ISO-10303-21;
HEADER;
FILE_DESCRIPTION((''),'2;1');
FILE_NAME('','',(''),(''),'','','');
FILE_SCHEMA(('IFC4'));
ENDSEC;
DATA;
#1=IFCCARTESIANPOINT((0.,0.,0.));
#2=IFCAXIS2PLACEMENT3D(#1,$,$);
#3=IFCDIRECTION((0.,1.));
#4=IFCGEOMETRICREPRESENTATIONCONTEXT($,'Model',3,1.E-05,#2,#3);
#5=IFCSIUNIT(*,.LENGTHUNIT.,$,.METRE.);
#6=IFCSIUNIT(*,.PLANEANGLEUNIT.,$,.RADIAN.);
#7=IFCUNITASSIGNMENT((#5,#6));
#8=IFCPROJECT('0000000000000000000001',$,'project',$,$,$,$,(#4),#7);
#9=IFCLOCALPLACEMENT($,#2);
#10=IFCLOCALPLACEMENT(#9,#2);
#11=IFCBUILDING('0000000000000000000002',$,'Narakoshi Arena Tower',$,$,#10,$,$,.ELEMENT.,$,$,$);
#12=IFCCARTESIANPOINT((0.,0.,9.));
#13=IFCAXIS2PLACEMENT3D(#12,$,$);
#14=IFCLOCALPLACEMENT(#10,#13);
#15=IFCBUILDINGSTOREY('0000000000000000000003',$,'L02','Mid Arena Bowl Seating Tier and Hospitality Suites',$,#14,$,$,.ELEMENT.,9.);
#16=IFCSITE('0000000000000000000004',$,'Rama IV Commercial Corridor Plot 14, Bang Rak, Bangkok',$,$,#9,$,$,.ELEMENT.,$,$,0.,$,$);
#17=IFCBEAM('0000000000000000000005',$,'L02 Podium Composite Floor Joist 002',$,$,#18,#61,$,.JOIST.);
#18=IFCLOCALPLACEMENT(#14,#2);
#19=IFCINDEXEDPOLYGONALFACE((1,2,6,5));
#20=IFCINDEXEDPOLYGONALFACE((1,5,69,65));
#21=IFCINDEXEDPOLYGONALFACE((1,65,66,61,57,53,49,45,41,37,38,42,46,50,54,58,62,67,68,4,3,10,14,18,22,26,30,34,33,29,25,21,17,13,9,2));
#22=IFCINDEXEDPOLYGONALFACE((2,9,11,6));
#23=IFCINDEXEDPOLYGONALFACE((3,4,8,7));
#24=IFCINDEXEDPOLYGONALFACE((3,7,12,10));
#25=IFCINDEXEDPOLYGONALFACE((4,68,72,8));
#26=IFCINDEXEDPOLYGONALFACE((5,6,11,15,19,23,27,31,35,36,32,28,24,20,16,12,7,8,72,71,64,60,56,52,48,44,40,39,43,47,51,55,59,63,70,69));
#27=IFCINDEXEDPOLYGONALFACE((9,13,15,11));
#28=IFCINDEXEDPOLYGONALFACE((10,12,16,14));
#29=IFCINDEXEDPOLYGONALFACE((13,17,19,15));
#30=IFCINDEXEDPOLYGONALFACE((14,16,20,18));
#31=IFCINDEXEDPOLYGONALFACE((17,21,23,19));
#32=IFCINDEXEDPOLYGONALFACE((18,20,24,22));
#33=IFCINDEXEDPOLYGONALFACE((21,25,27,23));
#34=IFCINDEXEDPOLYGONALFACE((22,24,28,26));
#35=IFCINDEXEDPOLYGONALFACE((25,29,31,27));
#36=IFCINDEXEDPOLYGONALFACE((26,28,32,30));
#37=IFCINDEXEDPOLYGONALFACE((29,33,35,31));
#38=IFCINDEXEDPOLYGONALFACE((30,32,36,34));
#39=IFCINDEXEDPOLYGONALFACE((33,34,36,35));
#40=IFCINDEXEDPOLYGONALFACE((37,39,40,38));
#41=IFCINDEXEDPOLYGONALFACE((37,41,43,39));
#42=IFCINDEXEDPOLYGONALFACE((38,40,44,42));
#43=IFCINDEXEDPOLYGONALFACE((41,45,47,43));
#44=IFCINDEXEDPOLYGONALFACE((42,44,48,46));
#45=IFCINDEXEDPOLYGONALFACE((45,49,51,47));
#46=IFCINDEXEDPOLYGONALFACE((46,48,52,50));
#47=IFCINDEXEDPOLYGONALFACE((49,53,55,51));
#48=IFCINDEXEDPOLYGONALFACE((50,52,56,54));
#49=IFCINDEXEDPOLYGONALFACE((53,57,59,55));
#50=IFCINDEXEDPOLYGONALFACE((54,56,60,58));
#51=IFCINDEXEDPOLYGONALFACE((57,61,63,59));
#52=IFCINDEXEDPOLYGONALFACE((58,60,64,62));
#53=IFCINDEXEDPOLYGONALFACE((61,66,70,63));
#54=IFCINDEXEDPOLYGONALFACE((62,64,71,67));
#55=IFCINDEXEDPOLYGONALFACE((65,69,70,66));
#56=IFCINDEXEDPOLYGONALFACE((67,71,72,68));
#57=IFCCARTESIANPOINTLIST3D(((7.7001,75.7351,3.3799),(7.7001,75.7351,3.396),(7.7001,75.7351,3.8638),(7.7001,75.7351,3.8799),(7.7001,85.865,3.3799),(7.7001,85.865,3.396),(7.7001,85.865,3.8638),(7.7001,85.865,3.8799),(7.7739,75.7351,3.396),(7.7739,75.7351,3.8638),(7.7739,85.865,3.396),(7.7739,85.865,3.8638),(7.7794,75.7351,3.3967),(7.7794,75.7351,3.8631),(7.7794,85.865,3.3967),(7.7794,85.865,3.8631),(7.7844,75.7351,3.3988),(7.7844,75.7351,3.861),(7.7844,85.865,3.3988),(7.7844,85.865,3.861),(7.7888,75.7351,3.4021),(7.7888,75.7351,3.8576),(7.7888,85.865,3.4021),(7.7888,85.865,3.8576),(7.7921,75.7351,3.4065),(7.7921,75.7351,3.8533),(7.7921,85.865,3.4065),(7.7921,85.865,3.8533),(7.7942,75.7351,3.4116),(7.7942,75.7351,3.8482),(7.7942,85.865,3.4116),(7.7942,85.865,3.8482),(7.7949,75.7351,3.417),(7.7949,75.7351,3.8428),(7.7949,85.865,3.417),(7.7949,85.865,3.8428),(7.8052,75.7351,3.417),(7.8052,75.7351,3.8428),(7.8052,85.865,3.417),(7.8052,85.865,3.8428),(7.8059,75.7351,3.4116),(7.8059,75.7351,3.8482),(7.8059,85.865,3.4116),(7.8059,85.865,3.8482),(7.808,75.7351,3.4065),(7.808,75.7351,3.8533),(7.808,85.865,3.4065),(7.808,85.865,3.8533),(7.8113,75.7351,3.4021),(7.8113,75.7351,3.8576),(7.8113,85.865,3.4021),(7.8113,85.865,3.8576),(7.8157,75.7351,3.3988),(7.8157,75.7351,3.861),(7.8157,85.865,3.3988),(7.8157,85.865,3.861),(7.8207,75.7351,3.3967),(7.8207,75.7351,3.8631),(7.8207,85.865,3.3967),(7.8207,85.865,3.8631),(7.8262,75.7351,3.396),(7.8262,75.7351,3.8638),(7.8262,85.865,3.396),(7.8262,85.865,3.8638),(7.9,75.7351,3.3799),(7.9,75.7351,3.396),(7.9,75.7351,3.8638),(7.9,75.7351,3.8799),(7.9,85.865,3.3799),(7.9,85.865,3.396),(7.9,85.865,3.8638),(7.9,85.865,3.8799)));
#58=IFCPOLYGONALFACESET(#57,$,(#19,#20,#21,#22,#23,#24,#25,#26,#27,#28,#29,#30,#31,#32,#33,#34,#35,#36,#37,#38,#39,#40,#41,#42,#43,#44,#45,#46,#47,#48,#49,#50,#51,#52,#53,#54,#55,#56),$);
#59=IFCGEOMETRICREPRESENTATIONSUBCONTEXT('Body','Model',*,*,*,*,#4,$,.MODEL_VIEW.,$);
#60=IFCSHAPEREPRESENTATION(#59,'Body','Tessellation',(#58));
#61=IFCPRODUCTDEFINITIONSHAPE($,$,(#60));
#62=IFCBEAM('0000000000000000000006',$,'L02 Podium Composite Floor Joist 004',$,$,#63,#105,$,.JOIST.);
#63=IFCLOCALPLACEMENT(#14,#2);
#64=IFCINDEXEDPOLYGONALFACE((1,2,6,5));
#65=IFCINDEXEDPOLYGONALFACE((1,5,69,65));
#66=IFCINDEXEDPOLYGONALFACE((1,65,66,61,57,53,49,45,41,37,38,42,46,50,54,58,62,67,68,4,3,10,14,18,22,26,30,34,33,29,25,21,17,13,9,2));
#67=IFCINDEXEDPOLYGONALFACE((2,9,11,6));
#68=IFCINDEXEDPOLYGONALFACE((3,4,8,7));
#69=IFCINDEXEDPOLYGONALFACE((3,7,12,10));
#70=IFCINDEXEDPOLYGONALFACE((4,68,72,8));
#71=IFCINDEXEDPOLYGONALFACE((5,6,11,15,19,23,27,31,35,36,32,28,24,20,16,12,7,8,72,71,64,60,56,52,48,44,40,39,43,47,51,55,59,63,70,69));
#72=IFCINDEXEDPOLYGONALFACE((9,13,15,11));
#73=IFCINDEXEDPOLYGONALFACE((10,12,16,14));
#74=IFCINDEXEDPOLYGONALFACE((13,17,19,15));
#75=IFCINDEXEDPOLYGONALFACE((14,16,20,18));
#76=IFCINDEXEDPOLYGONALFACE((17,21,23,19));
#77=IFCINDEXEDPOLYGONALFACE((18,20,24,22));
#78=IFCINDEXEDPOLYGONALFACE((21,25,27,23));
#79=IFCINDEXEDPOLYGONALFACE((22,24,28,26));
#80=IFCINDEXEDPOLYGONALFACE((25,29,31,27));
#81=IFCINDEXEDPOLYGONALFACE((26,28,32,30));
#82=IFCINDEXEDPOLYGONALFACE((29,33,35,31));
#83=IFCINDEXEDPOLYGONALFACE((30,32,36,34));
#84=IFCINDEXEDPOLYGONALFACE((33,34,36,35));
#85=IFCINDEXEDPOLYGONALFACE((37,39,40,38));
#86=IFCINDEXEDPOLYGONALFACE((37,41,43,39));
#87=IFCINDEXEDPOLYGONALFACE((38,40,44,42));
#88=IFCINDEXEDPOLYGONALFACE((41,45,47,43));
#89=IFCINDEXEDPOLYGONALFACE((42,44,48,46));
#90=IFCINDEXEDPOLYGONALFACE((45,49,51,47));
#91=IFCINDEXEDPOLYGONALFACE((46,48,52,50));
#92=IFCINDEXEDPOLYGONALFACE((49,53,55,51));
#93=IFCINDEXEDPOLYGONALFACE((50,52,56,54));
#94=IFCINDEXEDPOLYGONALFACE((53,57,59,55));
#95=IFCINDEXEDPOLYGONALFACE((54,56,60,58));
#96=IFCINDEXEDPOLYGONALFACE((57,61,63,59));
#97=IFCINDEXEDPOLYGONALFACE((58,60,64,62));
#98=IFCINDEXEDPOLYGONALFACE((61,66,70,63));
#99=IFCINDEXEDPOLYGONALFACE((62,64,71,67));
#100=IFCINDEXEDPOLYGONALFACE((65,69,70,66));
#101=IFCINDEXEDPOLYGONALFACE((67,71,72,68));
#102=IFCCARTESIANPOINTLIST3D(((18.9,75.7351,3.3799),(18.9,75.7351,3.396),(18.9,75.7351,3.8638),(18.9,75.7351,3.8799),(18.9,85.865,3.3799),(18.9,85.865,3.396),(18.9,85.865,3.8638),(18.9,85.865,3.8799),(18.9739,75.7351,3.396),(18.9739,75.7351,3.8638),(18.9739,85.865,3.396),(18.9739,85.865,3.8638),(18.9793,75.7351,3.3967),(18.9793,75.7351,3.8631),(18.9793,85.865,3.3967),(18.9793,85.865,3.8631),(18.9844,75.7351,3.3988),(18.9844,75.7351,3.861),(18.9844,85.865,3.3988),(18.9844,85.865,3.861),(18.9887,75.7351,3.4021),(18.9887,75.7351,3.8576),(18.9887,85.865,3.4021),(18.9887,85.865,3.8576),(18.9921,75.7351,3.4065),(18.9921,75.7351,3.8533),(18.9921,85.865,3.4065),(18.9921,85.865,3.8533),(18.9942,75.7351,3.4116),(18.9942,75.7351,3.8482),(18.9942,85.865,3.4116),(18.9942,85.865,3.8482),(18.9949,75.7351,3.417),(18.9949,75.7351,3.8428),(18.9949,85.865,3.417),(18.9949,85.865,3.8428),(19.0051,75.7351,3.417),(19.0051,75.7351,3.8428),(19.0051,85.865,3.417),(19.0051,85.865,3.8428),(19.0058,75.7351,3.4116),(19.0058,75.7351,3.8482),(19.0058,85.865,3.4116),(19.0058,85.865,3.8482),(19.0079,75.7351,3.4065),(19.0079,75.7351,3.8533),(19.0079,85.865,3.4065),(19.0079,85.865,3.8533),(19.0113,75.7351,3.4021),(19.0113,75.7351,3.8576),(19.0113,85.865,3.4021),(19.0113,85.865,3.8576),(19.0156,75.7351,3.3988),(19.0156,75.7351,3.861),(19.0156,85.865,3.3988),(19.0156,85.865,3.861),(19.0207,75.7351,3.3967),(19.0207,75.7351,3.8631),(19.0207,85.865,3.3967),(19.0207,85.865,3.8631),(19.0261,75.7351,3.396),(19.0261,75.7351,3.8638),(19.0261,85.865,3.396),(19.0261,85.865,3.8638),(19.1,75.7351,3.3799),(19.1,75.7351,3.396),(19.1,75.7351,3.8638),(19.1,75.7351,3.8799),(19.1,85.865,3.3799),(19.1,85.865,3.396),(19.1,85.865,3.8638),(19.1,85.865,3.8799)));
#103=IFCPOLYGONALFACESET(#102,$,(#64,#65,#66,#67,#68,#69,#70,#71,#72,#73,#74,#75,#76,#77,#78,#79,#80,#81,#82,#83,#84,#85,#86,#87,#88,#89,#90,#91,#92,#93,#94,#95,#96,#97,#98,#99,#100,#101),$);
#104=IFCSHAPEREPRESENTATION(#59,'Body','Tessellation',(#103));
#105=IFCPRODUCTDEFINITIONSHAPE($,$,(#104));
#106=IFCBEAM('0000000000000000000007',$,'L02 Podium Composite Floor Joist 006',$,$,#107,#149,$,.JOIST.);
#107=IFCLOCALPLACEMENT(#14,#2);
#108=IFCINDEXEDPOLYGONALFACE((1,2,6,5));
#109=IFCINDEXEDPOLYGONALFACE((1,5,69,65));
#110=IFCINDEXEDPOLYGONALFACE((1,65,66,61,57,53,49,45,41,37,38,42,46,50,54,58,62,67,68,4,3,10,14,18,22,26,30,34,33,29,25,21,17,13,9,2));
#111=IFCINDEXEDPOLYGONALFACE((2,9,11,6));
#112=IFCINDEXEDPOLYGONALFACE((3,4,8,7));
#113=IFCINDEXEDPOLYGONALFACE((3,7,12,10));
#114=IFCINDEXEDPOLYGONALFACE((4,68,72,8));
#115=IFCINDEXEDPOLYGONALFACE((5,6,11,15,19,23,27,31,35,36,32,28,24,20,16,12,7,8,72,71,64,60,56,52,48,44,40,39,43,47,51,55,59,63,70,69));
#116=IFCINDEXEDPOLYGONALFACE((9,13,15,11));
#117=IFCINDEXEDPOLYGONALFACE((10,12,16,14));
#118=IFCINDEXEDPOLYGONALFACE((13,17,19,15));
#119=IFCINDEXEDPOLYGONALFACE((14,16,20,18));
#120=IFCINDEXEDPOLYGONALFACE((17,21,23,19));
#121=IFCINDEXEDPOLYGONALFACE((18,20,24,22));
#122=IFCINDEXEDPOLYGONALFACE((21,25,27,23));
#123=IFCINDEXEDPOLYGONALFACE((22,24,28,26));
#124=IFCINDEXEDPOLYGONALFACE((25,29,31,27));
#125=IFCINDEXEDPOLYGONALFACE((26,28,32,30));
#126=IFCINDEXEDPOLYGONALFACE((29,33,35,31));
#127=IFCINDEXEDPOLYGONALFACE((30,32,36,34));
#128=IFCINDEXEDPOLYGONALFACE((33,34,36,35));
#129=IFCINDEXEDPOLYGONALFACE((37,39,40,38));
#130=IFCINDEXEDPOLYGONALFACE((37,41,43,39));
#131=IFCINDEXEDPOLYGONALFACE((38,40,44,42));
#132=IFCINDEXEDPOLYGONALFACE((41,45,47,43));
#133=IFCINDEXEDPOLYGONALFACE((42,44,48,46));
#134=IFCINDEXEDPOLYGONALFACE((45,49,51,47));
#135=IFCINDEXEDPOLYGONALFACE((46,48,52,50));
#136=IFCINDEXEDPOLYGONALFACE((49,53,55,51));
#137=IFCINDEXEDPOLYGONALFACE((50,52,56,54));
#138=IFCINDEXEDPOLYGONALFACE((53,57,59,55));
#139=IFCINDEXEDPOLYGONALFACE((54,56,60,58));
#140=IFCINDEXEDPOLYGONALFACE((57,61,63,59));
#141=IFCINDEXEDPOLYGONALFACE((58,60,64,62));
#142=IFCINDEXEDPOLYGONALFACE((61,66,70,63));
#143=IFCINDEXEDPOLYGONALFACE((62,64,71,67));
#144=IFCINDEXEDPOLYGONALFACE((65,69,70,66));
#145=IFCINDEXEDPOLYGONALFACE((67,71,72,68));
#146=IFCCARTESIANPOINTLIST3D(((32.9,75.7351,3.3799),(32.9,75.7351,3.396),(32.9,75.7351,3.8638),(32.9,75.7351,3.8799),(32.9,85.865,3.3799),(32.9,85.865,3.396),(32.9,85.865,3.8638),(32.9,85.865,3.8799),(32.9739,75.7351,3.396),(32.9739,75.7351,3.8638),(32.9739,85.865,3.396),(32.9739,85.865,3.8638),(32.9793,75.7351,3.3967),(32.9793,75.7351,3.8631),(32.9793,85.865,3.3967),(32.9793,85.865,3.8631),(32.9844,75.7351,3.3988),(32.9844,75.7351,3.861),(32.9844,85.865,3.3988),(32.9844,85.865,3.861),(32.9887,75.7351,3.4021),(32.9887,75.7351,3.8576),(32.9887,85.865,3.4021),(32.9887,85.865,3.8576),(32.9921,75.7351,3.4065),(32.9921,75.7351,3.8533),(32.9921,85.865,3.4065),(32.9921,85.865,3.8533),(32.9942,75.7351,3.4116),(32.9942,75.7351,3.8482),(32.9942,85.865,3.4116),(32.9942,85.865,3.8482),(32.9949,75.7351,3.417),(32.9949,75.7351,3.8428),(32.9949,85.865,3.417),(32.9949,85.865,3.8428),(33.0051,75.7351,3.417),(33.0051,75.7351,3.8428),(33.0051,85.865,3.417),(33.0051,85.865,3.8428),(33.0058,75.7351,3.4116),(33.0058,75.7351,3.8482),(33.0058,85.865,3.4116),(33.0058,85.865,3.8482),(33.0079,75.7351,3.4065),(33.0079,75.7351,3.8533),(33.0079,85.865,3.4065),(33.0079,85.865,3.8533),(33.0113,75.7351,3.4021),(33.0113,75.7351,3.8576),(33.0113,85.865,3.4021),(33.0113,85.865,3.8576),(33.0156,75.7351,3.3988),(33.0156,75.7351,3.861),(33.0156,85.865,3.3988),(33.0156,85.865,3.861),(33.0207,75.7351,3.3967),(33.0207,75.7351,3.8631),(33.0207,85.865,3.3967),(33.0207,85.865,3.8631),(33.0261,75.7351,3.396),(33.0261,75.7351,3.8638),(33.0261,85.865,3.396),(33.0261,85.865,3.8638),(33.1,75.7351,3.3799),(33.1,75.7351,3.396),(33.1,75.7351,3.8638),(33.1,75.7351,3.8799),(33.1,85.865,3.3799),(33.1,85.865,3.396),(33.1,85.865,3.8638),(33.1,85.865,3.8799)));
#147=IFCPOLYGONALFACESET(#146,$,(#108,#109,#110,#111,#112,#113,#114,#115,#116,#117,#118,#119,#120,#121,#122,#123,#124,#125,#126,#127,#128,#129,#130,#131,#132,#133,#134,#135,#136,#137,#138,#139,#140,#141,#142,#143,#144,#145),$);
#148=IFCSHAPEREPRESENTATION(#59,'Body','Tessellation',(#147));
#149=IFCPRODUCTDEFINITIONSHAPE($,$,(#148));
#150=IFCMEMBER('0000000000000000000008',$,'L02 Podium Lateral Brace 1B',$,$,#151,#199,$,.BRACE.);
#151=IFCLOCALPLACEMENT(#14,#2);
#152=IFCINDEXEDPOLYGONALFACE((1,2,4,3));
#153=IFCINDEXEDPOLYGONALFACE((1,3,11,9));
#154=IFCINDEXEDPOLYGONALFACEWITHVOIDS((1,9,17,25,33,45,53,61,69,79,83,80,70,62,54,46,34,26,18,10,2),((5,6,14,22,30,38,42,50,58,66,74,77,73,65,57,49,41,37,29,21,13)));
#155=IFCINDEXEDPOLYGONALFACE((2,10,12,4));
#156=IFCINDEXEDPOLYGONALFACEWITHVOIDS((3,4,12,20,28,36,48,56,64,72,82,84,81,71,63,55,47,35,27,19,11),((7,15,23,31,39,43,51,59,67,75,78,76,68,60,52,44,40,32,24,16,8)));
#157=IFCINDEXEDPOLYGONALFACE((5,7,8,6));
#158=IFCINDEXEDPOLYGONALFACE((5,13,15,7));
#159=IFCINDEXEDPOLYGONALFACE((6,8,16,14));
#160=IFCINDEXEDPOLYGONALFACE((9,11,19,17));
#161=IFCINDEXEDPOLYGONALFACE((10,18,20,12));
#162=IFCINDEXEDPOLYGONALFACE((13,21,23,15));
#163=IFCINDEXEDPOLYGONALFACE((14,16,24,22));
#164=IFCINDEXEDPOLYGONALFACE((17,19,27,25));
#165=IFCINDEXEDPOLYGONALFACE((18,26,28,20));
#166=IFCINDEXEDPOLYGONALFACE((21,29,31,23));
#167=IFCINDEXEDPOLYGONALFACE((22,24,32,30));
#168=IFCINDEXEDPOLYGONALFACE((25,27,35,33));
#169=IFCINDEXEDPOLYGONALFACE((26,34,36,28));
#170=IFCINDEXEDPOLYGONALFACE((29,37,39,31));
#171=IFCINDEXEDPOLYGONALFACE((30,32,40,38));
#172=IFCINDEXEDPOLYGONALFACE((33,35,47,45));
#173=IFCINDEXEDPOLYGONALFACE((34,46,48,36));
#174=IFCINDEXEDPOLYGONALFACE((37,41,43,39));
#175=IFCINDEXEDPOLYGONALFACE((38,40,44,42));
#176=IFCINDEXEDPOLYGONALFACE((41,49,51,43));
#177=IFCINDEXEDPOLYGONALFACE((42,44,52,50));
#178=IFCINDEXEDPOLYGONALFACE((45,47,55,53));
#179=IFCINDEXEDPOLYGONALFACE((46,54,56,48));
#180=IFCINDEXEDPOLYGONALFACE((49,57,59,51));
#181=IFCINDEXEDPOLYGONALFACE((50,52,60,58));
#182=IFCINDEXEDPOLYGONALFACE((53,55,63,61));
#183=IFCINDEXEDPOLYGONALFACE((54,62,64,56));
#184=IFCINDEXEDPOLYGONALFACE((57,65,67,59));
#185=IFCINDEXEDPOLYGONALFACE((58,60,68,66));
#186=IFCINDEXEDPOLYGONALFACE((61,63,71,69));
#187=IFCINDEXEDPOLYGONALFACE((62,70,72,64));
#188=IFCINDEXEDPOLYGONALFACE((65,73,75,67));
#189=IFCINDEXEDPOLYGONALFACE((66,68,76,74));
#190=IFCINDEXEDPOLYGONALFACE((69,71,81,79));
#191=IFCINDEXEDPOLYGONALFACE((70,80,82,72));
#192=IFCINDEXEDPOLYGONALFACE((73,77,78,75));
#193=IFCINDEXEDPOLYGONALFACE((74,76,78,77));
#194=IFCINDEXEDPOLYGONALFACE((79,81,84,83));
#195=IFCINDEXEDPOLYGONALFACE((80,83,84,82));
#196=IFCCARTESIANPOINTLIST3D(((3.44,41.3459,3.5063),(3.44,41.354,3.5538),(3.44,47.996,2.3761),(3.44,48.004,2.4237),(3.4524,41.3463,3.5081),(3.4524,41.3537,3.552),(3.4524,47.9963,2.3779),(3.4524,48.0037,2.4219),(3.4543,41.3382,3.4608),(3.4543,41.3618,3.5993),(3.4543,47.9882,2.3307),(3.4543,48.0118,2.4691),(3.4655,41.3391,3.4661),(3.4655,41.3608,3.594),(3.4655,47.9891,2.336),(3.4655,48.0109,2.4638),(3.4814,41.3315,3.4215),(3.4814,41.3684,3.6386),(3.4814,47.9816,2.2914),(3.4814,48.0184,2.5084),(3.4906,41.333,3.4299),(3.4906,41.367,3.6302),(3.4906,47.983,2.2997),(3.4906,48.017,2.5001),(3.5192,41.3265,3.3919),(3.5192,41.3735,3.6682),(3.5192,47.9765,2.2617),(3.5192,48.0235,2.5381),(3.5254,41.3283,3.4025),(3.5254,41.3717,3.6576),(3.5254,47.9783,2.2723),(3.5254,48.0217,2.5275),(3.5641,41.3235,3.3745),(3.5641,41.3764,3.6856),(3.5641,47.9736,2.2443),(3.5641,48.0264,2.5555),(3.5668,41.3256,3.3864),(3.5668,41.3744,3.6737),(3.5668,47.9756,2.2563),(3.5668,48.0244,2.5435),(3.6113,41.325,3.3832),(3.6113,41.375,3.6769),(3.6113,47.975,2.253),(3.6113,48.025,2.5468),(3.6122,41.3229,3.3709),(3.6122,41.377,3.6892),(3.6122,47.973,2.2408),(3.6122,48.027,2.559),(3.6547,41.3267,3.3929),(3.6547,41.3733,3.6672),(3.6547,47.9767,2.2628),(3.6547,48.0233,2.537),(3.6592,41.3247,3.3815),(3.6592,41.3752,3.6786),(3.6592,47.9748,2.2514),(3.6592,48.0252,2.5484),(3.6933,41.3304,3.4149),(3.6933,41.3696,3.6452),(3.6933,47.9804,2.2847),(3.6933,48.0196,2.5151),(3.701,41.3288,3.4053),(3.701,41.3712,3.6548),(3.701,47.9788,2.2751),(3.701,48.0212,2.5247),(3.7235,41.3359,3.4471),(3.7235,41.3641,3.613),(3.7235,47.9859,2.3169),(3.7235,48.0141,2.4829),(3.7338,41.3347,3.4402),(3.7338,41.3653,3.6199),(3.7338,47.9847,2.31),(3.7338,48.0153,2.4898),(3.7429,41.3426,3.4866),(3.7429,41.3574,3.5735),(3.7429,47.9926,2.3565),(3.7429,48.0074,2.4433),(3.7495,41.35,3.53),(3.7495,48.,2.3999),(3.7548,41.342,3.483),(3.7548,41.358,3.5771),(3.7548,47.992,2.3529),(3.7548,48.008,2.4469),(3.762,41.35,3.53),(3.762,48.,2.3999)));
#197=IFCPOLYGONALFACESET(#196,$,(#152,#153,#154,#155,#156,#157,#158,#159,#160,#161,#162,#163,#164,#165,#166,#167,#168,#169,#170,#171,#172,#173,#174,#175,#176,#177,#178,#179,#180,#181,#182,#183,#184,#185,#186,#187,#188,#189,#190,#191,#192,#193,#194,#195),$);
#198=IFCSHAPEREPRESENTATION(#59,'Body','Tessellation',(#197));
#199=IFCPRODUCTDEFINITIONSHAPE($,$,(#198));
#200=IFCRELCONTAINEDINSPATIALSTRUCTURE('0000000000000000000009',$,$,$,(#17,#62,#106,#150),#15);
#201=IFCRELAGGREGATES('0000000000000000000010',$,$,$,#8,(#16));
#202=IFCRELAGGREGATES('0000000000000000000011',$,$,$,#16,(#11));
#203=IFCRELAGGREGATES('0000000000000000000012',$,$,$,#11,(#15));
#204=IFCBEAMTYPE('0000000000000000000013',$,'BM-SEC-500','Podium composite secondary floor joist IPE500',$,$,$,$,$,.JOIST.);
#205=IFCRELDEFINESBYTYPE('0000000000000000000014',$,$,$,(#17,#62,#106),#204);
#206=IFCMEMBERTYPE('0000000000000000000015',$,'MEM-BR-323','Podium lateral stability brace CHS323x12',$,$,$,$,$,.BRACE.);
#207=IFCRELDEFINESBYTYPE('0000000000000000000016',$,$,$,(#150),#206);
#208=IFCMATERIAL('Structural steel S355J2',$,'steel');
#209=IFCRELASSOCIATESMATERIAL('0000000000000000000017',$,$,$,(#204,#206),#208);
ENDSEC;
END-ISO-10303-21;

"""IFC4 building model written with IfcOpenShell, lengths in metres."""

from ifc_helpers import new_model, si_unit, direction, frame, origin, origin_2d, place, context, subcontext, project, spatial, hollow_circle, i_section, extrude, material, material_profile, profile_set, type_object, element, save


model = new_model("IFC4")

# Units and contexts
model_context = context("Model", 3, precision=1e-05, world=origin(), true_north=direction((0.0, 1.0)))
body_context = subcontext(model_context, "Body", "Model", "MODEL_VIEW")
ifc_project = project(units=[si_unit("LENGTHUNIT", "METRE"), si_unit("PLANEANGLEUNIT", "RADIAN")], contexts=[model_context])

# Site, building, storey
site_placement = place(None, origin())
site = spatial("IfcSite", under=ifc_project, at=site_placement, Name="Rama IV Commercial Corridor Plot 14, Bang Rak, Bangkok", CompositionType="ELEMENT", RefElevation=0.0)
building_placement = place(site_placement, origin())
building = spatial("IfcBuilding", under=site, at=building_placement, Name="Narakoshi Arena Tower", CompositionType="ELEMENT")
storey_placement = place(building_placement, frame((0.0, 0.0, 9.0)))
storey = spatial("IfcBuildingStorey", under=building, at=storey_placement, Name="L02", Description="Mid Arena Bowl Seating Tier and Hospitality Suites", CompositionType="ELEMENT", Elevation=9.0)

# Beams
ifc_material_1 = material(Name="Structural steel S355J2", Category="steel")
ifc_material_profile_1 = material_profile(ifc_material_1, i_section(OverallWidth=0.2, OverallDepth=0.5, WebThickness=0.0103, FlangeThickness=0.0161, FilletRadius=0.021, at=origin_2d()), Name="IPE500")
ifc_profile_set_1 = profile_set([ifc_material_profile_1], Name="Structural steel S355J2")
beam_type_1 = type_object("IfcBeamType", Name="BM-SEC-500", Description="Podium composite secondary floor joist IPE500", PredefinedType="JOIST", material=ifc_profile_set_1)
for number, where, z_axis, x_axis, name in (
    (1, (7.8, 75.7351, 3.6299), (0.0, 1.0, 0.0), (-1.0, 0.0, 0.0), "L02 Podium Composite Floor Joist 002"),
    (2, (19.0, 75.7351, 3.6299), (0.0, 1.0, 0.0), (-1.0, 0.0, 0.0), "L02 Podium Composite Floor Joist 004"),
    (3, (33.0, 75.7351, 3.6299), (0.0, 1.0, 0.0), (-1.0, 0.0, 0.0), "L02 Podium Composite Floor Joist 006"),
):
    element("IfcBeam", number, at=place(storey_placement, frame(where, z_axis=z_axis, x_axis=x_axis)), inside=storey, type_object=beam_type_1, Name=name, PredefinedType="JOIST", context=body_context, shape_type="SweptSolid", body=[
        extrude(i_section(OverallWidth=0.2, OverallDepth=0.5, WebThickness=0.0103, FlangeThickness=0.0161, FilletRadius=0.021, at=origin_2d()), origin(), (0.0, 0.0, 1.0), 10.1299),
    ])

# Member
ifc_material_profile_2 = material_profile(ifc_material_1, hollow_circle(Radius=0.1619, WallThickness=0.0125, at=origin_2d()), Name="CHS323x12")
ifc_profile_set_2 = profile_set([ifc_material_profile_2], Name="Structural steel S355J2")
member_type = type_object("IfcMemberType", Name="MEM-BR-323", Description="Podium lateral stability brace CHS323x12", PredefinedType="BRACE", material=ifc_profile_set_2)
member_placement = place(storey_placement, frame((3.6001, 48.0, 2.3999), z_axis=(0.0, -0.985865, 0.167544), x_axis=(1.0, 0.0, 0.0)))
element("IfcMember", 4, at=member_placement, inside=storey, type_object=member_type, Name="L02 Podium Lateral Brace 1B", PredefinedType="BRACE", context=body_context, shape_type="SweptSolid", body=[
    extrude(hollow_circle(Radius=0.1619, WallThickness=0.0125, at=origin_2d()), origin(), (0.0, 0.0, 1.0), 6.7454),
])

save(model, "model.ifc")
